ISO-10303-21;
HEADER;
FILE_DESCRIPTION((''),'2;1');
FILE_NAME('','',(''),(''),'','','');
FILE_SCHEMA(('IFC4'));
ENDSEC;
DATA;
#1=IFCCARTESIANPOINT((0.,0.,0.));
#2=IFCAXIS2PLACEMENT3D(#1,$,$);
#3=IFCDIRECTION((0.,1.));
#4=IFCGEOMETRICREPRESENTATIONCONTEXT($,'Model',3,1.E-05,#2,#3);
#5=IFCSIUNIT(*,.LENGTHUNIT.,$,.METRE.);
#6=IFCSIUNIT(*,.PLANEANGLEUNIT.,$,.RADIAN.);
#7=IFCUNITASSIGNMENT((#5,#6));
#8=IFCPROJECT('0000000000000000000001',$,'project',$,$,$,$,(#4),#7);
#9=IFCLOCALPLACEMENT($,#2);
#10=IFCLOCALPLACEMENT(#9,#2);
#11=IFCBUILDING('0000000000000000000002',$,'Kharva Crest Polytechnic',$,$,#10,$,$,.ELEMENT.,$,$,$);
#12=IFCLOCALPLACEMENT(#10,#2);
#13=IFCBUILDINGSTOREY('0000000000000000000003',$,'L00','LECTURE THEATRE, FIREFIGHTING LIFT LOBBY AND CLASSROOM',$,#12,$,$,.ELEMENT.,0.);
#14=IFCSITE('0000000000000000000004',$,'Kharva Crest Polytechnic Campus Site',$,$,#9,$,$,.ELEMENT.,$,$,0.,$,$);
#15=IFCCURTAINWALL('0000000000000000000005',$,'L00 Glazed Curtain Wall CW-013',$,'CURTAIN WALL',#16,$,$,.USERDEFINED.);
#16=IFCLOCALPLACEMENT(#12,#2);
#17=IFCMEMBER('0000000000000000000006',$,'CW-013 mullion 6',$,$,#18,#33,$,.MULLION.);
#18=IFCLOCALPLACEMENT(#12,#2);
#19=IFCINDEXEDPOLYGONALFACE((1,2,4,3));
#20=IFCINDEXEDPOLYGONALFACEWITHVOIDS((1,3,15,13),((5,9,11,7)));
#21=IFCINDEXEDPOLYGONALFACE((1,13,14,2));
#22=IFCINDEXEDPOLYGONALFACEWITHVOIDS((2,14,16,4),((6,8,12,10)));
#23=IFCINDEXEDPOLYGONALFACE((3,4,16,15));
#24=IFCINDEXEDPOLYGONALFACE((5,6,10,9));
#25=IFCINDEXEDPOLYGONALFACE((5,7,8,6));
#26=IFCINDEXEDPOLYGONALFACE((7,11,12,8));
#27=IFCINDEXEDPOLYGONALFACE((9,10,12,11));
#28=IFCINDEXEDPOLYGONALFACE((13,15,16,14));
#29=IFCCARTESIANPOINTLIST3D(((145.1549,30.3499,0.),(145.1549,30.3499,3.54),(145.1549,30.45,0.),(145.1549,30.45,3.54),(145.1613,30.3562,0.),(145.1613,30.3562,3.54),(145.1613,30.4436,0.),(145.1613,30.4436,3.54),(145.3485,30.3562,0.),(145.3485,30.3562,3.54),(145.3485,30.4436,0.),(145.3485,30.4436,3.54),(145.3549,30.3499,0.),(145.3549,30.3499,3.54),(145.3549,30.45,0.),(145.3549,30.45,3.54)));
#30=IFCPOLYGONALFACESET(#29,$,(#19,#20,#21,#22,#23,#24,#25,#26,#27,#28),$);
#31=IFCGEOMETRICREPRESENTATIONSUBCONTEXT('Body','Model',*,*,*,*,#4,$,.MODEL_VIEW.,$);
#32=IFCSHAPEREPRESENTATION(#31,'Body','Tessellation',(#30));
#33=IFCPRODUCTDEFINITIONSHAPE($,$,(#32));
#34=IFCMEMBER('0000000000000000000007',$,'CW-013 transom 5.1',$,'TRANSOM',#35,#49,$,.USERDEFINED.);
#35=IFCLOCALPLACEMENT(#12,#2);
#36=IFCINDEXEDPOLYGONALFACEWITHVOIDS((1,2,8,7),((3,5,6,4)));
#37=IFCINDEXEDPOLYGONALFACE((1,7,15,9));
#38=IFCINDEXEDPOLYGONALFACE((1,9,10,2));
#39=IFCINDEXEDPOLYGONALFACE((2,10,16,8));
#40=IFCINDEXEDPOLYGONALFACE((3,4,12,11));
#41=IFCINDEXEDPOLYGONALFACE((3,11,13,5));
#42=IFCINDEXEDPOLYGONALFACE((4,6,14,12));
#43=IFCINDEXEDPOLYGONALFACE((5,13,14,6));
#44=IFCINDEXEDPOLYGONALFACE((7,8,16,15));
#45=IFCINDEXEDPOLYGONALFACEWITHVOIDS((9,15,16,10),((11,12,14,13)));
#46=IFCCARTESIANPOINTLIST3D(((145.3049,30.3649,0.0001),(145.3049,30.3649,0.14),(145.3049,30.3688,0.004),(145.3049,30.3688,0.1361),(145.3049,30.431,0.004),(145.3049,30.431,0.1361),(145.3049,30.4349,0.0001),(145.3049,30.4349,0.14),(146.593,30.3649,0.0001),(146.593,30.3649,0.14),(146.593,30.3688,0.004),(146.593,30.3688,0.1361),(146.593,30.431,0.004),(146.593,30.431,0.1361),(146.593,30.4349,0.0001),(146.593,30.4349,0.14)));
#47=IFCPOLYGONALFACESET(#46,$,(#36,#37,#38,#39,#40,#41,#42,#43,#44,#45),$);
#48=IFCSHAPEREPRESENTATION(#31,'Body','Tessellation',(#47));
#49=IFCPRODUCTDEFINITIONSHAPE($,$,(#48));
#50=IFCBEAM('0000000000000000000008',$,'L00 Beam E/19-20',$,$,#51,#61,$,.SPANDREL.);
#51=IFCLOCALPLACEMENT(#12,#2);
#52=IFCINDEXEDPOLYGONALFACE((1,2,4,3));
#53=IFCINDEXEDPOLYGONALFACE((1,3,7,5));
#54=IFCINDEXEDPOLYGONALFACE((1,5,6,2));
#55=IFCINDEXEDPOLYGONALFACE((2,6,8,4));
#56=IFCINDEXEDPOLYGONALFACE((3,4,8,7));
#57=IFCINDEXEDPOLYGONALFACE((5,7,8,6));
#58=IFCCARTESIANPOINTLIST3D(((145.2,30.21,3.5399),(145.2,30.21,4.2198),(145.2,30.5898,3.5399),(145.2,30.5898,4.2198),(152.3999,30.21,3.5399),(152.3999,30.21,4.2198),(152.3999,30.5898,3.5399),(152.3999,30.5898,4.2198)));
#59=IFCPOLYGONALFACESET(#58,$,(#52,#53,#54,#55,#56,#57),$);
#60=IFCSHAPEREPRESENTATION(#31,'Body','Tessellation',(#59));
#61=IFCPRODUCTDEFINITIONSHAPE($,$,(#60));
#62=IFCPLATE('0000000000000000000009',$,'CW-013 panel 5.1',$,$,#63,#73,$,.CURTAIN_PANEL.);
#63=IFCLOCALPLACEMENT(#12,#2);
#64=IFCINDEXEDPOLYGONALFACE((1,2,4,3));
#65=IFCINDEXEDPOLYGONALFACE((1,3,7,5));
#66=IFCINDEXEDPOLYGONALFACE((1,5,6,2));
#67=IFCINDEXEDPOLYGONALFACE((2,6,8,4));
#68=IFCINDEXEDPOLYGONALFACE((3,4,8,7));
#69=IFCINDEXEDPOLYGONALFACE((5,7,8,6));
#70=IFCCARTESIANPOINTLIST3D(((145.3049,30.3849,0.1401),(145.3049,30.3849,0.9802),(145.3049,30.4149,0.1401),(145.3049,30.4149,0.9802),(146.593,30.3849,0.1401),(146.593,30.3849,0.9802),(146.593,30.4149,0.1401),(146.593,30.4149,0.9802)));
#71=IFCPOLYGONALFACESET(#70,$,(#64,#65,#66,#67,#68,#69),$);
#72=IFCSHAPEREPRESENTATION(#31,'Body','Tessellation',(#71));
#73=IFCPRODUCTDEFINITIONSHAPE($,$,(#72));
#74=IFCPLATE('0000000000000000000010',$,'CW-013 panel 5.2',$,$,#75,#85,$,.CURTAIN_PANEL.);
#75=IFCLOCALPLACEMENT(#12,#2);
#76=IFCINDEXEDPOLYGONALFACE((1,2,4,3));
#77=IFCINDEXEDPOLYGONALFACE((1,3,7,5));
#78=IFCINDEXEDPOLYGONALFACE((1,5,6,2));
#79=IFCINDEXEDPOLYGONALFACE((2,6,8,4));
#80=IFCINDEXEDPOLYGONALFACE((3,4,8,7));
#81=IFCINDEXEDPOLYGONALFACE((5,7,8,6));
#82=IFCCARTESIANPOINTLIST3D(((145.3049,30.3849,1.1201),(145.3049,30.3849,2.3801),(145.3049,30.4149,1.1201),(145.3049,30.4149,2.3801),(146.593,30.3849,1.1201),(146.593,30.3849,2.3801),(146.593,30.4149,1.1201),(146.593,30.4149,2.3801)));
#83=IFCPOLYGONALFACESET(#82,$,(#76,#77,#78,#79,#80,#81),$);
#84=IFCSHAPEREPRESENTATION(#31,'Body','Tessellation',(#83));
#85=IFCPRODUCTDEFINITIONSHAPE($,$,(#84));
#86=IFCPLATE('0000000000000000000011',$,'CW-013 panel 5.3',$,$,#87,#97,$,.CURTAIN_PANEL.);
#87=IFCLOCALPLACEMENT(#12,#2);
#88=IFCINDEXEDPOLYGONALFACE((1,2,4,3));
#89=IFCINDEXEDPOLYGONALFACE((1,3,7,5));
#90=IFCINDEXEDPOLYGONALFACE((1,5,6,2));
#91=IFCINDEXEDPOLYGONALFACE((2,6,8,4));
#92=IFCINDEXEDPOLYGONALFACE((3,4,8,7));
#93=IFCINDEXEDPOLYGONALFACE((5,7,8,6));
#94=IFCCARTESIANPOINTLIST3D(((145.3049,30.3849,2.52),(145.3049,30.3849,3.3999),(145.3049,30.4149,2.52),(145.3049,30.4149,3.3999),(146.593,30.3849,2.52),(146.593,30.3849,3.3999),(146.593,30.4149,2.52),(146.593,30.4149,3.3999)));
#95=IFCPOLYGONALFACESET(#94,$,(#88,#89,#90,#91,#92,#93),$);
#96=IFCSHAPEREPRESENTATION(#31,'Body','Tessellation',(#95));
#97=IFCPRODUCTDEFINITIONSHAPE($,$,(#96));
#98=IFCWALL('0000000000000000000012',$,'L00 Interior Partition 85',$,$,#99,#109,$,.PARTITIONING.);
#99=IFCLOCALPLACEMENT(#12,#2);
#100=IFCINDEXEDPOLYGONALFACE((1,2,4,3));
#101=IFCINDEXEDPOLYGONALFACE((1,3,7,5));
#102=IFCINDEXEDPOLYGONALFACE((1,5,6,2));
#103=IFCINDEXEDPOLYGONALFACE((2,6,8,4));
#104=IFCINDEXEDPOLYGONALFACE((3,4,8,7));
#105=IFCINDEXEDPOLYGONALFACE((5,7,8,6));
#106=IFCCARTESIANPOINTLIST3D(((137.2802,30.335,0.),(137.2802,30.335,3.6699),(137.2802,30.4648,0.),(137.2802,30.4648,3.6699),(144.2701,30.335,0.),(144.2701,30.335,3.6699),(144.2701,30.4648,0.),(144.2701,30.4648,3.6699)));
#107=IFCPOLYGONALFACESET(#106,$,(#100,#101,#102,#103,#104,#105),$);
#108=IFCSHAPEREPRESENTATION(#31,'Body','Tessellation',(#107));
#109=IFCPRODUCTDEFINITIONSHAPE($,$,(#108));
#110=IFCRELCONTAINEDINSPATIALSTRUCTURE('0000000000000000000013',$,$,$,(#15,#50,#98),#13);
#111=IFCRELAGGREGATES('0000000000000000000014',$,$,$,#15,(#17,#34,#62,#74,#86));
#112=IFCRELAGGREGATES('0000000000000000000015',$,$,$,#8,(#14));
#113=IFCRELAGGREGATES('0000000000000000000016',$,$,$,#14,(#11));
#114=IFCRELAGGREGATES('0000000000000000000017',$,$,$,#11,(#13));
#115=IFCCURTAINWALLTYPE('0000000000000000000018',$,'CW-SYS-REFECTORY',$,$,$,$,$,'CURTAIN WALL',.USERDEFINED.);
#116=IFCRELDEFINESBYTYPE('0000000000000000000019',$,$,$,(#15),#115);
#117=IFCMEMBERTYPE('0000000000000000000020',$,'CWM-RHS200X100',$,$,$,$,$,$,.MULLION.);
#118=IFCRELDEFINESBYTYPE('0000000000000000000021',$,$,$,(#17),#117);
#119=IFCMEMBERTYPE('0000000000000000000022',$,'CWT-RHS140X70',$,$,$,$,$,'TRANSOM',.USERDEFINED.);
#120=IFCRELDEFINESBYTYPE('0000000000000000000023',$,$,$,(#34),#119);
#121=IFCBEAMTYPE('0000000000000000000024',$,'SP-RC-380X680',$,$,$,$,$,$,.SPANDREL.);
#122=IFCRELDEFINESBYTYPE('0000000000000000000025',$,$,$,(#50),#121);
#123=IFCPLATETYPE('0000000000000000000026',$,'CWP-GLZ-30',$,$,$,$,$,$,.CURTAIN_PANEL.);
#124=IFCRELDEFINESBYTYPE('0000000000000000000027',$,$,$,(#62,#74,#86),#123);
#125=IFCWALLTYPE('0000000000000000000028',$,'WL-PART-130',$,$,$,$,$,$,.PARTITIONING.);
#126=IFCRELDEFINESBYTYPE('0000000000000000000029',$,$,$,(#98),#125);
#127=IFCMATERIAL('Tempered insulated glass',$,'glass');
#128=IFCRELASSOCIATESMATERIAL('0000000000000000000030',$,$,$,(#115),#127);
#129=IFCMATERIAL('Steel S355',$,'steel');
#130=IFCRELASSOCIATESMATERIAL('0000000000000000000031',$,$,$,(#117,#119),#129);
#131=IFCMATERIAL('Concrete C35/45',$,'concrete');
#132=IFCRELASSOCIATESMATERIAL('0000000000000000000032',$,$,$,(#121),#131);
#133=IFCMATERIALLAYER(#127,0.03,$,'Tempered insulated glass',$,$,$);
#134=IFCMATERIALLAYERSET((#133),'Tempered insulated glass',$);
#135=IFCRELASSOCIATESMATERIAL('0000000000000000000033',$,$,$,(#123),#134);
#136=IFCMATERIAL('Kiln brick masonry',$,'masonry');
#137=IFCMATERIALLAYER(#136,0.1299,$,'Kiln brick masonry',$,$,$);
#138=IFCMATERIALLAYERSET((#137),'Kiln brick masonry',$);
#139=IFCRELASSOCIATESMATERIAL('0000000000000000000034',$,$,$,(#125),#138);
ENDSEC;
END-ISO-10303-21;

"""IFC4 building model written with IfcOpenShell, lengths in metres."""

from ifc_helpers import new_model, si_unit, direction, frame, frame_2d, origin, origin_2d, place, context, subcontext, project, spatial, rectangle, hollow_rectangle, extrude, material, layer, layer_set, material_profile, profile_set, type_object, element, aggregate, save


model = new_model("IFC4")

# Units and contexts
model_context = context("Model", 3, precision=1e-05, world=origin(), true_north=direction((0.0, 1.0)))
body_context = subcontext(model_context, "Body", "Model", "MODEL_VIEW")
ifc_project = project(units=[si_unit("LENGTHUNIT", "METRE"), si_unit("PLANEANGLEUNIT", "RADIAN")], contexts=[model_context])

# Site, building, storey
site_placement = place(None, origin())
site = spatial("IfcSite", under=ifc_project, at=site_placement, Name="Kharva Crest Polytechnic Campus Site", CompositionType="ELEMENT", RefElevation=0.0)
building_placement = place(site_placement, origin())
building = spatial("IfcBuilding", under=site, at=building_placement, Name="Kharva Crest Polytechnic", CompositionType="ELEMENT")
storey_placement = place(building_placement, origin())
storey = spatial("IfcBuildingStorey", under=building, at=storey_placement, Name="L00", Description="LECTURE THEATRE, FIREFIGHTING LIFT LOBBY AND CLASSROOM", CompositionType="ELEMENT", Elevation=0.0)

# Shared definitions
ifc_material_1 = material(Name="Concrete C35/45", Category="concrete")
ifc_material_2 = material(Name="Steel S355", Category="steel")

# Curtain wall, members
ifc_material_3 = material(Name="Tempered insulated glass", Category="glass")
curtain_wall_type = type_object("IfcCurtainWallType", Name="CW-SYS-REFECTORY", ElementType="CURTAIN WALL", PredefinedType="USERDEFINED", material=ifc_material_3)
curtain_wall_placement = place(storey_placement, origin())
curtain_wall = element("IfcCurtainWall", 1, at=curtain_wall_placement, inside=storey, type_object=curtain_wall_type, Name="L00 Glazed Curtain Wall CW-013", ObjectType="CURTAIN WALL", PredefinedType="USERDEFINED")
ifc_material_profile_1 = material_profile(ifc_material_2, hollow_rectangle(XDim=0.1001, YDim=0.2, WallThickness=0.0063, at=origin_2d()), Name="RHS 200X100X6.3")
ifc_profile_set_1 = profile_set([ifc_material_profile_1], Name="Steel S355")
member_type_1 = type_object("IfcMemberType", Name="CWM-RHS200X100", PredefinedType="MULLION", material=ifc_profile_set_1)
member_1_placement = place(storey_placement, frame((145.2549, 30.3999, 0.0), z_axis=(0.0, 0.0, 1.0), x_axis=(0.0, -1.0, 0.0)))
member_1 = element("IfcMember", 2, at=member_1_placement, type_object=member_type_1, Name="CW-013 mullion 6", PredefinedType="MULLION", context=body_context, shape_type="SweptSolid", body=[
    extrude(hollow_rectangle(XDim=0.1001, YDim=0.2, WallThickness=0.0063, at=origin_2d()), origin(), (0.0, 0.0, 1.0), 3.54),
])
ifc_material_profile_2 = material_profile(ifc_material_2, hollow_rectangle(XDim=0.0701, YDim=0.1399, WallThickness=0.0039, at=origin_2d()), Name="RHS 140X70X4.0")
ifc_profile_set_2 = profile_set([ifc_material_profile_2], Name="Steel S355")
member_type_2 = type_object("IfcMemberType", Name="CWT-RHS140X70", ElementType="TRANSOM", PredefinedType="USERDEFINED", material=ifc_profile_set_2)
member_2_placement = place(storey_placement, frame((146.593, 30.3999, 0.0701), z_axis=(-1.0, 0.0, 0.0), x_axis=(0.0, -1.0, 0.0)))
member_2 = element("IfcMember", 3, at=member_2_placement, type_object=member_type_2, Name="CW-013 transom 5.1", ObjectType="TRANSOM", PredefinedType="USERDEFINED", context=body_context, shape_type="SweptSolid", body=[
    extrude(hollow_rectangle(XDim=0.0701, YDim=0.1399, WallThickness=0.0039, at=origin_2d()), origin(), (0.0, 0.0, 1.0), 1.2881),
])

# Beam
ifc_material_profile_3 = material_profile(ifc_material_1, rectangle(XDim=0.3799, YDim=0.6799, at=origin_2d()), Name="RECT 380 X 680")
ifc_profile_set_3 = profile_set([ifc_material_profile_3], Name="Concrete C35/45")
beam_type_1 = type_object("IfcBeamType", Name="SP-RC-380X680", PredefinedType="SPANDREL", material=ifc_profile_set_3)
beam_1_placement = place(storey_placement, frame((145.2, 30.3999, 3.8799), z_axis=(1.0, 0.0, 0.0), x_axis=(0.0, 1.0, 0.0)))
element("IfcBeam", 4, at=beam_1_placement, inside=storey, type_object=beam_type_1, Name="L00 Beam E/19-20", PredefinedType="SPANDREL", context=body_context, shape_type="SweptSolid", body=[
    extrude(rectangle(XDim=0.3799, YDim=0.6799, at=origin_2d()), origin(), (0.0, 0.0, 1.0), 7.2),
])

# Plates
ifc_layer_1 = layer(ifc_material_3, 0.03, Name="Tempered insulated glass")
ifc_layer_set_1 = layer_set([ifc_layer_1], Name="Tempered insulated glass")
plate_type = type_object("IfcPlateType", Name="CWP-GLZ-30", PredefinedType="CURTAIN_PANEL", material=ifc_layer_set_1)
plate_1_placement = place(storey_placement, frame((145.949, 30.3999, 0.1401), z_axis=(0.0, 0.0, 1.0), x_axis=(-1.0, 0.0, 0.0)))
plate_1 = element("IfcPlate", 5, at=plate_1_placement, type_object=plate_type, Name="CW-013 panel 5.1", PredefinedType="CURTAIN_PANEL", context=body_context, shape_type="SweptSolid", body=[
    extrude(rectangle(XDim=1.2881, YDim=0.03, at=origin_2d()), origin(), (0.0, 0.0, 1.0), 0.8401),
])
plate_2_placement = place(storey_placement, frame((145.949, 30.3999, 1.1201), z_axis=(0.0, 0.0, 1.0), x_axis=(-1.0, 0.0, 0.0)))
plate_2 = element("IfcPlate", 6, at=plate_2_placement, type_object=plate_type, Name="CW-013 panel 5.2", PredefinedType="CURTAIN_PANEL", context=body_context, shape_type="SweptSolid", body=[
    extrude(rectangle(XDim=1.2881, YDim=0.03, at=origin_2d()), origin(), (0.0, 0.0, 1.0), 1.26),
])
plate_3_placement = place(storey_placement, frame((145.949, 30.3999, 2.52), z_axis=(0.0, 0.0, 1.0), x_axis=(-1.0, 0.0, 0.0)))
plate_3 = element("IfcPlate", 7, at=plate_3_placement, type_object=plate_type, Name="CW-013 panel 5.3", PredefinedType="CURTAIN_PANEL", context=body_context, shape_type="SweptSolid", body=[
    extrude(rectangle(XDim=1.2881, YDim=0.03, at=origin_2d()), origin(), (0.0, 0.0, 1.0), 0.8799),
])
aggregate(curtain_wall, [member_1, member_2, plate_1, plate_2, plate_3])

# Wall
ifc_material_4 = material(Name="Kiln brick masonry", Category="masonry")
ifc_layer_2 = layer(ifc_material_4, 0.1299, Name="Kiln brick masonry")
ifc_layer_set_2 = layer_set([ifc_layer_2], Name="Kiln brick masonry")
wall_type = type_object("IfcWallType", Name="WL-PART-130", PredefinedType="PARTITIONING", material=ifc_layer_set_2)
wall_placement = place(storey_placement, frame((137.28, 30.3999, 0.0), z_axis=(0.0, 0.0, 1.0), x_axis=(1.0, 0.0, 0.0)))
element("IfcWall", 8, at=wall_placement, inside=storey, type_object=wall_type, Name="L00 Interior Partition 85", PredefinedType="PARTITIONING", context=body_context, shape_type="SweptSolid", body=[
    extrude(rectangle(XDim=6.99, YDim=0.1299, at=frame_2d((3.4951, 0.0))), origin(), (0.0, 0.0, 1.0), 3.6699),
])

save(model, "model.ifc")
